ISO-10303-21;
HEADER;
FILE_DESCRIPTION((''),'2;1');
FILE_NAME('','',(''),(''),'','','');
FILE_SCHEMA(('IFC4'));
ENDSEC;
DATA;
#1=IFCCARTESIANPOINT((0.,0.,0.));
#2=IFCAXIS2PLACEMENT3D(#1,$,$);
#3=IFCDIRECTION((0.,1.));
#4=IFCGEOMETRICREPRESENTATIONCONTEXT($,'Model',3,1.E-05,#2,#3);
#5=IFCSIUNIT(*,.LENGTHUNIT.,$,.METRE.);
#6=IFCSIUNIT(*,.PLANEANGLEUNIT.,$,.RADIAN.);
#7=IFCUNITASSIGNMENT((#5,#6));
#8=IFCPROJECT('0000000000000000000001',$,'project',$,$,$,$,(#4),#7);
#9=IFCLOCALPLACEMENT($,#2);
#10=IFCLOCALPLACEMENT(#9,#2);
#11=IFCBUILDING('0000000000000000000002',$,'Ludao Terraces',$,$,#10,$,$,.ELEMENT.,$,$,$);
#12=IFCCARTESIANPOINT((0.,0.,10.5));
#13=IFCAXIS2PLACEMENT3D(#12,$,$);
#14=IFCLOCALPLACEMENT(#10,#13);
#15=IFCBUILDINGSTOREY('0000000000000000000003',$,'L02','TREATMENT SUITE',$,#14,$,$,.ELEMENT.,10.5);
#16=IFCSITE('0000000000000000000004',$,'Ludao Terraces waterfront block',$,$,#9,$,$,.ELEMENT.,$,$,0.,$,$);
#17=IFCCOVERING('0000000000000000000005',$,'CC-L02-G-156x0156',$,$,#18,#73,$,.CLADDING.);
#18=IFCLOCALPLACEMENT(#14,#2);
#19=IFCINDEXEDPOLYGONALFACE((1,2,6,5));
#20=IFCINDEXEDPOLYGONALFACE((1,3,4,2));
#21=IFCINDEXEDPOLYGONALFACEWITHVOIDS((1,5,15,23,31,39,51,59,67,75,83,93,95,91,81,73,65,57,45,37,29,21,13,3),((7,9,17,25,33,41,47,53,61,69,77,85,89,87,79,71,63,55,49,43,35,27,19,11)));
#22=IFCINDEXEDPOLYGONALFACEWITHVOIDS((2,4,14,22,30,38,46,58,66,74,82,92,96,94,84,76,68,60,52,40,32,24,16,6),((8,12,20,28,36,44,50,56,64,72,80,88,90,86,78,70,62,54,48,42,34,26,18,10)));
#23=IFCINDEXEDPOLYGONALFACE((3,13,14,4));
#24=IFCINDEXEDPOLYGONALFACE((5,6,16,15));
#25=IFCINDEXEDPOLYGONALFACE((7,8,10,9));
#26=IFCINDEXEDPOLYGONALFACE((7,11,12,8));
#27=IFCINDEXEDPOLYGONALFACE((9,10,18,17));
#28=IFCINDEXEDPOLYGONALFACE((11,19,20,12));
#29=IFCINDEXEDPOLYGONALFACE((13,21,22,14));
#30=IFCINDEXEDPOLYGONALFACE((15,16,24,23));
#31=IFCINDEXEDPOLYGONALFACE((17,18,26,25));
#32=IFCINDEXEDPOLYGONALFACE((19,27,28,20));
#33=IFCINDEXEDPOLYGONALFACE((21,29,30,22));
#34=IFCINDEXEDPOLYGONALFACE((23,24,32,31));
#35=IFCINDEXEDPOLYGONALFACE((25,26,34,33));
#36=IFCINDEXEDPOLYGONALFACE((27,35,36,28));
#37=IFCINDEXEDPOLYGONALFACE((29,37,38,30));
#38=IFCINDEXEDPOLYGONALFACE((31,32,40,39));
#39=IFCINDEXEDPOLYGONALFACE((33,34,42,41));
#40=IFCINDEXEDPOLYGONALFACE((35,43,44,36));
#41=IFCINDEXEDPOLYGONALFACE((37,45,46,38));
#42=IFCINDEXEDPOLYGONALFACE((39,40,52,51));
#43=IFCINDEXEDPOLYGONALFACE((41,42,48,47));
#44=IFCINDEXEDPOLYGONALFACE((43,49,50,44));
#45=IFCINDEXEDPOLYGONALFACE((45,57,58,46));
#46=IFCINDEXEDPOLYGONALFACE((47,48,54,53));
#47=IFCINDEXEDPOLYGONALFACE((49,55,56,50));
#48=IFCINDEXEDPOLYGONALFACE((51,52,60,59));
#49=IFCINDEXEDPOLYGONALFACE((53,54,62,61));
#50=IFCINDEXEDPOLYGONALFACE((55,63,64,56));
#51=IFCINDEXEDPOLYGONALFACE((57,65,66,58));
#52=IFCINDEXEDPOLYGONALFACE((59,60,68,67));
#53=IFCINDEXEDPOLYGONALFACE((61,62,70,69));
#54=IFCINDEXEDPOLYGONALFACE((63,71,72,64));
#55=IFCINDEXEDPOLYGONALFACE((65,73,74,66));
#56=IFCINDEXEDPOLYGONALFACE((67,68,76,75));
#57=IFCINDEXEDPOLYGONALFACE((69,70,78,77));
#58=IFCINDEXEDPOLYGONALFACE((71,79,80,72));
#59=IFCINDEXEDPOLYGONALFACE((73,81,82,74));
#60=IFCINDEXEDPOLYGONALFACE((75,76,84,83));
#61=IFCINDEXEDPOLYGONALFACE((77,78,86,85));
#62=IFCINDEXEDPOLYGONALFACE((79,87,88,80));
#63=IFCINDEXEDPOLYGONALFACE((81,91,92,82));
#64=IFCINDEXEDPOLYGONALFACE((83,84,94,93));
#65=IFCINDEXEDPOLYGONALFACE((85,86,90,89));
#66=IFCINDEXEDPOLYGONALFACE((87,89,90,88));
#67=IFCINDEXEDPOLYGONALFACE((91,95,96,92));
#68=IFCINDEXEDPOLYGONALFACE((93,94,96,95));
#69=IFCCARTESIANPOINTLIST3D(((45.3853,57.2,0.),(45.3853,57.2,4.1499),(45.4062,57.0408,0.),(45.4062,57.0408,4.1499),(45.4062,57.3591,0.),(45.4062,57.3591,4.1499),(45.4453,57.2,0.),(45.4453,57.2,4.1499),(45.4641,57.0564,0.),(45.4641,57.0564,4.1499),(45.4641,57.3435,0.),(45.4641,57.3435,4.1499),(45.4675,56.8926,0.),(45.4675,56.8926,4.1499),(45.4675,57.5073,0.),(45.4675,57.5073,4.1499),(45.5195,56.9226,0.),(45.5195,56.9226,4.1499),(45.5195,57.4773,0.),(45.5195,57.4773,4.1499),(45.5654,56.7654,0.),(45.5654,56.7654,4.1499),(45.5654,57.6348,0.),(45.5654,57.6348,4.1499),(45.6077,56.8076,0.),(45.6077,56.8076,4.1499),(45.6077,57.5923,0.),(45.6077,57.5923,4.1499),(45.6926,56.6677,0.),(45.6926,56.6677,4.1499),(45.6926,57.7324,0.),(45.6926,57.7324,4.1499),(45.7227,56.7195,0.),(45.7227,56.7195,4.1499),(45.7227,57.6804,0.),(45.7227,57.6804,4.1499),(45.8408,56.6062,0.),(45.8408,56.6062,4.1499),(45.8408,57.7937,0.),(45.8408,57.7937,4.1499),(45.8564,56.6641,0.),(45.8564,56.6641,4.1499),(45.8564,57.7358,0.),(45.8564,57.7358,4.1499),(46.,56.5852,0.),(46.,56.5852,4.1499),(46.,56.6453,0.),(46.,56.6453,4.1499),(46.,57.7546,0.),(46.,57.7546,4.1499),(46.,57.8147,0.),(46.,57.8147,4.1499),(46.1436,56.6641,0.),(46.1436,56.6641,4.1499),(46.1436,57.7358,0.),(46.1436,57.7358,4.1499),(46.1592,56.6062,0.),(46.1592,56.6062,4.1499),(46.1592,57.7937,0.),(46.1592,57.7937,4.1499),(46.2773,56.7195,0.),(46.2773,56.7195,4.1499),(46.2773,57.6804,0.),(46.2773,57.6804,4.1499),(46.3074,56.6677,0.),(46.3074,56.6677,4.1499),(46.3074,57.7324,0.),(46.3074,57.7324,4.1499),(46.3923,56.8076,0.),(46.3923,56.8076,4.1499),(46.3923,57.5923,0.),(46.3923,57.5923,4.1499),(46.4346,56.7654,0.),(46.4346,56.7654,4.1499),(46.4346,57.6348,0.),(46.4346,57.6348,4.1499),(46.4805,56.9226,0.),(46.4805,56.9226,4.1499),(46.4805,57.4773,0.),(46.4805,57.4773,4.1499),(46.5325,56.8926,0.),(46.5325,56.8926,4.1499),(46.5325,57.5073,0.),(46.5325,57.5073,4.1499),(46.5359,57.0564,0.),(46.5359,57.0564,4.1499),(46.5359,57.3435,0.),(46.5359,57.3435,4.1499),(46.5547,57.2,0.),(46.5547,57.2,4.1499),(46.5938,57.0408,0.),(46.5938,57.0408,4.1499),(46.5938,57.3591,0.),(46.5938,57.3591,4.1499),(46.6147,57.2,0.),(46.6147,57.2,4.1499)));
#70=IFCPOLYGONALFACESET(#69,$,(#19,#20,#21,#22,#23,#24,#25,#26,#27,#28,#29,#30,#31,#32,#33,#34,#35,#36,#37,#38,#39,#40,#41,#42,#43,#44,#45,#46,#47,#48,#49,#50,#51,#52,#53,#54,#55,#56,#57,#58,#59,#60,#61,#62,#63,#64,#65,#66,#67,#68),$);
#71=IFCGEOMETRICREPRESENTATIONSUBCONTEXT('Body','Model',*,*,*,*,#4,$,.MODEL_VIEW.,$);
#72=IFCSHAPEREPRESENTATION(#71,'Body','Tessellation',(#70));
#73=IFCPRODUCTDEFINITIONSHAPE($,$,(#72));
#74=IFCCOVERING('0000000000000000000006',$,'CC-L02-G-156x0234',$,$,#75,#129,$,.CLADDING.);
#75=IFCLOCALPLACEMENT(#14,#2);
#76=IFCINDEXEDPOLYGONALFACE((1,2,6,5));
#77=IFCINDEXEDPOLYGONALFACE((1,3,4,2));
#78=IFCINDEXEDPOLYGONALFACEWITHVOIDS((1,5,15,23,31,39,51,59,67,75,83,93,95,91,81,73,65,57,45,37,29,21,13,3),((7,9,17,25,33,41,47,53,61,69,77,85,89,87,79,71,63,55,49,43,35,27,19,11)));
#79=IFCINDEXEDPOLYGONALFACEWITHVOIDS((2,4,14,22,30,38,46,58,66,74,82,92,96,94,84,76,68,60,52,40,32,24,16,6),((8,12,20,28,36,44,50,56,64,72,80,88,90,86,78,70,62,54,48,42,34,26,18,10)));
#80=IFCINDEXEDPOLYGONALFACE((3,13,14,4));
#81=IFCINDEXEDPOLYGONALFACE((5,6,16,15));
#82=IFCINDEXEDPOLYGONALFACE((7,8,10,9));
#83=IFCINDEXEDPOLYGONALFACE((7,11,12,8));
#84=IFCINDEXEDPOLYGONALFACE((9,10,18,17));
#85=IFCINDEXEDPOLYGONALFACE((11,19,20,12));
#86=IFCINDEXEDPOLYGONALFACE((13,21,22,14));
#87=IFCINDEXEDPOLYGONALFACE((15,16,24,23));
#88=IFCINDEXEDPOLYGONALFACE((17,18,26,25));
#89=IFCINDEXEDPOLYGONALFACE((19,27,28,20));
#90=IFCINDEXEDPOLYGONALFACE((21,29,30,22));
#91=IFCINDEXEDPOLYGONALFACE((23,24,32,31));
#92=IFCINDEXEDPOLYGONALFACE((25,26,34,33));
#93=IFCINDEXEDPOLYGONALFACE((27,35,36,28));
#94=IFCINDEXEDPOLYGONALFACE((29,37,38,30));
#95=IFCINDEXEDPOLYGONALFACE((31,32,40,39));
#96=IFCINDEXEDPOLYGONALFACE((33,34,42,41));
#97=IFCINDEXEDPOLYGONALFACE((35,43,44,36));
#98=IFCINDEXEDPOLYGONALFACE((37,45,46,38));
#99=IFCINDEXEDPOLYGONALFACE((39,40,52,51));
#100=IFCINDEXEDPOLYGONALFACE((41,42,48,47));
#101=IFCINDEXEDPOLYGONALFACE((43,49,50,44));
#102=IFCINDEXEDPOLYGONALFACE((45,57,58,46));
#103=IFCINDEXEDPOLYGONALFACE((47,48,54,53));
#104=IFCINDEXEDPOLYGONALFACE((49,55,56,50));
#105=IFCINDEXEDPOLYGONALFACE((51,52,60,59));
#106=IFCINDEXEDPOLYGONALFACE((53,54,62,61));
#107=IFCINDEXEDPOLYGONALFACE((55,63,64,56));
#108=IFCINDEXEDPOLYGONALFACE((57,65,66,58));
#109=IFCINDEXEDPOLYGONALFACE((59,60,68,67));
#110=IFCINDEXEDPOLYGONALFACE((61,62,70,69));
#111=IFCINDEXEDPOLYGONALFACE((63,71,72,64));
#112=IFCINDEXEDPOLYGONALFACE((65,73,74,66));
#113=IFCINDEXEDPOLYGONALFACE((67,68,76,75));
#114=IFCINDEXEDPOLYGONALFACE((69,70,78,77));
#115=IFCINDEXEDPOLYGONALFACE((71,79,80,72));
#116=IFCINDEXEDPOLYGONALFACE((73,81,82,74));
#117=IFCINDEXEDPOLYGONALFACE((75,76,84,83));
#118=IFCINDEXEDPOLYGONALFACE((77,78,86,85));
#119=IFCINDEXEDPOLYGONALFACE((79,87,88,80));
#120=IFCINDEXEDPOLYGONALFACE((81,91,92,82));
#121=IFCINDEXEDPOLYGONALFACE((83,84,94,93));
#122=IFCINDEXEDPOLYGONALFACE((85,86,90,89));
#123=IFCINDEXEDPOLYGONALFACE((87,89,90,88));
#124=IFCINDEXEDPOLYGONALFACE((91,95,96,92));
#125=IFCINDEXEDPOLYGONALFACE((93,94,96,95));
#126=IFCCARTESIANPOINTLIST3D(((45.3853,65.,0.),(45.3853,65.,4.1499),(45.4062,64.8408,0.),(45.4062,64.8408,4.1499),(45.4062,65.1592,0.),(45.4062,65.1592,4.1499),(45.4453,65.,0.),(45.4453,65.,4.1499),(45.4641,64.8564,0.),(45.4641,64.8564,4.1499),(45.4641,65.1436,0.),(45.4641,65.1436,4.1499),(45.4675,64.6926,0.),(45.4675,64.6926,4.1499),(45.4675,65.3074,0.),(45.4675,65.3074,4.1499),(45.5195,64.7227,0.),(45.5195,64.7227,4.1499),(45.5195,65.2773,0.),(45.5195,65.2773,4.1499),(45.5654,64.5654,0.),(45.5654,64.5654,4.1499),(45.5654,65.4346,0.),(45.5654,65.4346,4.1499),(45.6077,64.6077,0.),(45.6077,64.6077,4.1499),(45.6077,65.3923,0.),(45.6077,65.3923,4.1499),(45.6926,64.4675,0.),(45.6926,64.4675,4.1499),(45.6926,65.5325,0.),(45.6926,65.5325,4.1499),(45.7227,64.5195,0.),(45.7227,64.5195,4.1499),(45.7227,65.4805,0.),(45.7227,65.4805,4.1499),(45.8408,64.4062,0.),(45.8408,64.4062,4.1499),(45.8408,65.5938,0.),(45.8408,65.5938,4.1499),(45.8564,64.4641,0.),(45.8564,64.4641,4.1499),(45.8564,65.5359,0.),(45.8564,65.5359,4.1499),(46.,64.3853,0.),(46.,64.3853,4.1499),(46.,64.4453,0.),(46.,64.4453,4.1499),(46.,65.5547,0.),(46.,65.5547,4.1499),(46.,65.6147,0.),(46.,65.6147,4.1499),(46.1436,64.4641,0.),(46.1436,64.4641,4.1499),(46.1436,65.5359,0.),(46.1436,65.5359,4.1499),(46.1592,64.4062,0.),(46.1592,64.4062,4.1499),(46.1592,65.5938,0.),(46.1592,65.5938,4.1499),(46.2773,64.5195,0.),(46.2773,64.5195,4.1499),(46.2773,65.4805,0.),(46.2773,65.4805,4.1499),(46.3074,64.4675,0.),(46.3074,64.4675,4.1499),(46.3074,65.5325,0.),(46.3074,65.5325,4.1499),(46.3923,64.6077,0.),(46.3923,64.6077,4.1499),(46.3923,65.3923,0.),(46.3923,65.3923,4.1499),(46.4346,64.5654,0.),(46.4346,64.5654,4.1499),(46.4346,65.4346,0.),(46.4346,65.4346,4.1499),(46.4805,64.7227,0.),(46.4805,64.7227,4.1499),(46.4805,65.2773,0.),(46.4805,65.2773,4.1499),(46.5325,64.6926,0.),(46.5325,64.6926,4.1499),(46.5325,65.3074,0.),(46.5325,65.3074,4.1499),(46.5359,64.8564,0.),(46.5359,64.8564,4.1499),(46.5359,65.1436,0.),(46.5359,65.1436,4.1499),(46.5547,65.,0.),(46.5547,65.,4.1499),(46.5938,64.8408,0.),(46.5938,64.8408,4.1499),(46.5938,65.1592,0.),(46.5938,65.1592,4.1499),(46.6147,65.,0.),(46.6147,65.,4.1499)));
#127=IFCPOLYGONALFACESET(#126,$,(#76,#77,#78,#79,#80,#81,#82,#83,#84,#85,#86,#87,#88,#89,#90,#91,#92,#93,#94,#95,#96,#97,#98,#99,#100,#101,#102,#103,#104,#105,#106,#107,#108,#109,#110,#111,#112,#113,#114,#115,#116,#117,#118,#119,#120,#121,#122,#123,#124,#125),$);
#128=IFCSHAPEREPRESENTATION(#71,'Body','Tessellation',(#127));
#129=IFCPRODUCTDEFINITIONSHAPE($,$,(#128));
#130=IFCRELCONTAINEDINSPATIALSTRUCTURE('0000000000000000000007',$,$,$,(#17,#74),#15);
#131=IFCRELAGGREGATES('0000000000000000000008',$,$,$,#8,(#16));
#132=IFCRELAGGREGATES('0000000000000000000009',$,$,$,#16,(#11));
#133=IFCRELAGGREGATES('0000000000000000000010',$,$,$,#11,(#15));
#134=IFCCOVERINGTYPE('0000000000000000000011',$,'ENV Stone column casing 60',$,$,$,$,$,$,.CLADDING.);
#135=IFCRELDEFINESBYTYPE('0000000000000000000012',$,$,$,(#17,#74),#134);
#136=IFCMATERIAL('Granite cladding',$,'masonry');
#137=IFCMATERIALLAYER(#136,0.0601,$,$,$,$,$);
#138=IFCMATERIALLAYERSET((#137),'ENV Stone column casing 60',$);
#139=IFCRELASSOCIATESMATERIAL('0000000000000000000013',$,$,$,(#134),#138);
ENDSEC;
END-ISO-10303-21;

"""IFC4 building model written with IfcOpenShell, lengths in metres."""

from ifc_helpers import new_model, si_unit, direction, frame, origin, place, context, subcontext, project, spatial, polyline, outline, extrude, material, layer, layer_set, type_object, element, save


model = new_model("IFC4")

# Units and contexts
model_context = context("Model", 3, precision=1e-05, world=origin(), true_north=direction((0.0, 1.0)))
body_context = subcontext(model_context, "Body", "Model", "MODEL_VIEW")
ifc_project = project(units=[si_unit("LENGTHUNIT", "METRE"), si_unit("PLANEANGLEUNIT", "RADIAN")], contexts=[model_context])

# Site, building, storey
site_placement = place(None, origin())
site = spatial("IfcSite", under=ifc_project, at=site_placement, Name="Ludao Terraces waterfront block", CompositionType="ELEMENT", RefElevation=0.0)
building_placement = place(site_placement, origin())
building = spatial("IfcBuilding", under=site, at=building_placement, Name="Ludao Terraces", CompositionType="ELEMENT")
storey_placement = place(building_placement, frame((0.0, 0.0, 10.5)))
storey = spatial("IfcBuildingStorey", under=building, at=storey_placement, Name="L02", Description="TREATMENT SUITE", CompositionType="ELEMENT", Elevation=10.5)

# Coverings
ifc_material_1 = material(Name="Granite cladding", Category="masonry")
ifc_layer_1 = layer(ifc_material_1, 0.0601)
ifc_layer_set_1 = layer_set([ifc_layer_1], Name="ENV Stone column casing 60")
covering_type = type_object("IfcCoveringType", Name="ENV Stone column casing 60", PredefinedType="CLADDING", material=ifc_layer_set_1)
covering_1_placement = place(storey_placement, origin())
element("IfcCovering", 1, at=covering_1_placement, inside=storey, type_object=covering_type, Name="CC-L02-G-156x0156", PredefinedType="CLADDING", context=body_context, shape_type="SweptSolid", body=[
    extrude(outline(polyline([(46.6147, 57.2), (46.5938, 57.3591), (46.5325, 57.5073), (46.4346, 57.6348), (46.3074, 57.7324), (46.1592, 57.7937), (46.0, 57.8147), (45.8408, 57.7937), (45.6926, 57.7324), (45.5654, 57.6348), (45.4675, 57.5073), (45.4062, 57.3591), (45.3853, 57.2), (45.4062, 57.0408), (45.4675, 56.8926), (45.5654, 56.7654), (45.6926, 56.6677), (45.8408, 56.6062), (46.0, 56.5852), (46.1592, 56.6062), (46.3074, 56.6677), (46.4346, 56.7654), (46.5325, 56.8926), (46.5938, 57.0408), (46.6147, 57.2)]), holes=[polyline([(46.5359, 57.0564), (46.4805, 56.9226), (46.3923, 56.8076), (46.2773, 56.7195), (46.1436, 56.6641), (46.0, 56.6453), (45.8564, 56.6641), (45.7227, 56.7195), (45.6077, 56.8076), (45.5195, 56.9226), (45.4641, 57.0564), (45.4453, 57.2), (45.4641, 57.3435), (45.5195, 57.4773), (45.6077, 57.5923), (45.7227, 57.6804), (45.8564, 57.7358), (46.0, 57.7546), (46.1436, 57.7358), (46.2773, 57.6804), (46.3923, 57.5923), (46.4805, 57.4773), (46.5359, 57.3435), (46.5547, 57.2), (46.5359, 57.0564)])]), origin(), (0.0, 0.0, 1.0), 4.1499),
])
covering_2_placement = place(storey_placement, origin())
element("IfcCovering", 2, at=covering_2_placement, inside=storey, type_object=covering_type, Name="CC-L02-G-156x0234", PredefinedType="CLADDING", context=body_context, shape_type="SweptSolid", body=[
    extrude(outline(polyline([(46.6147, 65.0), (46.5938, 65.1592), (46.5325, 65.3074), (46.4346, 65.4346), (46.3074, 65.5325), (46.1592, 65.5938), (46.0, 65.6147), (45.8408, 65.5938), (45.6926, 65.5325), (45.5654, 65.4346), (45.4675, 65.3074), (45.4062, 65.1592), (45.3853, 65.0), (45.4062, 64.8408), (45.4675, 64.6926), (45.5654, 64.5654), (45.6926, 64.4675), (45.8408, 64.4062), (46.0, 64.3853), (46.1592, 64.4062), (46.3074, 64.4675), (46.4346, 64.5654), (46.5325, 64.6926), (46.5938, 64.8408), (46.6147, 65.0)]), holes=[polyline([(46.5359, 64.8564), (46.4805, 64.7227), (46.3923, 64.6077), (46.2773, 64.5195), (46.1436, 64.4641), (46.0, 64.4453), (45.8564, 64.4641), (45.7227, 64.5195), (45.6077, 64.6077), (45.5195, 64.7227), (45.4641, 64.8564), (45.4453, 65.0), (45.4641, 65.1436), (45.5195, 65.2773), (45.6077, 65.3923), (45.7227, 65.4805), (45.8564, 65.5359), (46.0, 65.5547), (46.1436, 65.5359), (46.2773, 65.4805), (46.3923, 65.3923), (46.4805, 65.2773), (46.5359, 65.1436), (46.5547, 65.0), (46.5359, 64.8564)])]), origin(), (0.0, 0.0, 1.0), 4.1499),
])

save(model, "model.ifc")
